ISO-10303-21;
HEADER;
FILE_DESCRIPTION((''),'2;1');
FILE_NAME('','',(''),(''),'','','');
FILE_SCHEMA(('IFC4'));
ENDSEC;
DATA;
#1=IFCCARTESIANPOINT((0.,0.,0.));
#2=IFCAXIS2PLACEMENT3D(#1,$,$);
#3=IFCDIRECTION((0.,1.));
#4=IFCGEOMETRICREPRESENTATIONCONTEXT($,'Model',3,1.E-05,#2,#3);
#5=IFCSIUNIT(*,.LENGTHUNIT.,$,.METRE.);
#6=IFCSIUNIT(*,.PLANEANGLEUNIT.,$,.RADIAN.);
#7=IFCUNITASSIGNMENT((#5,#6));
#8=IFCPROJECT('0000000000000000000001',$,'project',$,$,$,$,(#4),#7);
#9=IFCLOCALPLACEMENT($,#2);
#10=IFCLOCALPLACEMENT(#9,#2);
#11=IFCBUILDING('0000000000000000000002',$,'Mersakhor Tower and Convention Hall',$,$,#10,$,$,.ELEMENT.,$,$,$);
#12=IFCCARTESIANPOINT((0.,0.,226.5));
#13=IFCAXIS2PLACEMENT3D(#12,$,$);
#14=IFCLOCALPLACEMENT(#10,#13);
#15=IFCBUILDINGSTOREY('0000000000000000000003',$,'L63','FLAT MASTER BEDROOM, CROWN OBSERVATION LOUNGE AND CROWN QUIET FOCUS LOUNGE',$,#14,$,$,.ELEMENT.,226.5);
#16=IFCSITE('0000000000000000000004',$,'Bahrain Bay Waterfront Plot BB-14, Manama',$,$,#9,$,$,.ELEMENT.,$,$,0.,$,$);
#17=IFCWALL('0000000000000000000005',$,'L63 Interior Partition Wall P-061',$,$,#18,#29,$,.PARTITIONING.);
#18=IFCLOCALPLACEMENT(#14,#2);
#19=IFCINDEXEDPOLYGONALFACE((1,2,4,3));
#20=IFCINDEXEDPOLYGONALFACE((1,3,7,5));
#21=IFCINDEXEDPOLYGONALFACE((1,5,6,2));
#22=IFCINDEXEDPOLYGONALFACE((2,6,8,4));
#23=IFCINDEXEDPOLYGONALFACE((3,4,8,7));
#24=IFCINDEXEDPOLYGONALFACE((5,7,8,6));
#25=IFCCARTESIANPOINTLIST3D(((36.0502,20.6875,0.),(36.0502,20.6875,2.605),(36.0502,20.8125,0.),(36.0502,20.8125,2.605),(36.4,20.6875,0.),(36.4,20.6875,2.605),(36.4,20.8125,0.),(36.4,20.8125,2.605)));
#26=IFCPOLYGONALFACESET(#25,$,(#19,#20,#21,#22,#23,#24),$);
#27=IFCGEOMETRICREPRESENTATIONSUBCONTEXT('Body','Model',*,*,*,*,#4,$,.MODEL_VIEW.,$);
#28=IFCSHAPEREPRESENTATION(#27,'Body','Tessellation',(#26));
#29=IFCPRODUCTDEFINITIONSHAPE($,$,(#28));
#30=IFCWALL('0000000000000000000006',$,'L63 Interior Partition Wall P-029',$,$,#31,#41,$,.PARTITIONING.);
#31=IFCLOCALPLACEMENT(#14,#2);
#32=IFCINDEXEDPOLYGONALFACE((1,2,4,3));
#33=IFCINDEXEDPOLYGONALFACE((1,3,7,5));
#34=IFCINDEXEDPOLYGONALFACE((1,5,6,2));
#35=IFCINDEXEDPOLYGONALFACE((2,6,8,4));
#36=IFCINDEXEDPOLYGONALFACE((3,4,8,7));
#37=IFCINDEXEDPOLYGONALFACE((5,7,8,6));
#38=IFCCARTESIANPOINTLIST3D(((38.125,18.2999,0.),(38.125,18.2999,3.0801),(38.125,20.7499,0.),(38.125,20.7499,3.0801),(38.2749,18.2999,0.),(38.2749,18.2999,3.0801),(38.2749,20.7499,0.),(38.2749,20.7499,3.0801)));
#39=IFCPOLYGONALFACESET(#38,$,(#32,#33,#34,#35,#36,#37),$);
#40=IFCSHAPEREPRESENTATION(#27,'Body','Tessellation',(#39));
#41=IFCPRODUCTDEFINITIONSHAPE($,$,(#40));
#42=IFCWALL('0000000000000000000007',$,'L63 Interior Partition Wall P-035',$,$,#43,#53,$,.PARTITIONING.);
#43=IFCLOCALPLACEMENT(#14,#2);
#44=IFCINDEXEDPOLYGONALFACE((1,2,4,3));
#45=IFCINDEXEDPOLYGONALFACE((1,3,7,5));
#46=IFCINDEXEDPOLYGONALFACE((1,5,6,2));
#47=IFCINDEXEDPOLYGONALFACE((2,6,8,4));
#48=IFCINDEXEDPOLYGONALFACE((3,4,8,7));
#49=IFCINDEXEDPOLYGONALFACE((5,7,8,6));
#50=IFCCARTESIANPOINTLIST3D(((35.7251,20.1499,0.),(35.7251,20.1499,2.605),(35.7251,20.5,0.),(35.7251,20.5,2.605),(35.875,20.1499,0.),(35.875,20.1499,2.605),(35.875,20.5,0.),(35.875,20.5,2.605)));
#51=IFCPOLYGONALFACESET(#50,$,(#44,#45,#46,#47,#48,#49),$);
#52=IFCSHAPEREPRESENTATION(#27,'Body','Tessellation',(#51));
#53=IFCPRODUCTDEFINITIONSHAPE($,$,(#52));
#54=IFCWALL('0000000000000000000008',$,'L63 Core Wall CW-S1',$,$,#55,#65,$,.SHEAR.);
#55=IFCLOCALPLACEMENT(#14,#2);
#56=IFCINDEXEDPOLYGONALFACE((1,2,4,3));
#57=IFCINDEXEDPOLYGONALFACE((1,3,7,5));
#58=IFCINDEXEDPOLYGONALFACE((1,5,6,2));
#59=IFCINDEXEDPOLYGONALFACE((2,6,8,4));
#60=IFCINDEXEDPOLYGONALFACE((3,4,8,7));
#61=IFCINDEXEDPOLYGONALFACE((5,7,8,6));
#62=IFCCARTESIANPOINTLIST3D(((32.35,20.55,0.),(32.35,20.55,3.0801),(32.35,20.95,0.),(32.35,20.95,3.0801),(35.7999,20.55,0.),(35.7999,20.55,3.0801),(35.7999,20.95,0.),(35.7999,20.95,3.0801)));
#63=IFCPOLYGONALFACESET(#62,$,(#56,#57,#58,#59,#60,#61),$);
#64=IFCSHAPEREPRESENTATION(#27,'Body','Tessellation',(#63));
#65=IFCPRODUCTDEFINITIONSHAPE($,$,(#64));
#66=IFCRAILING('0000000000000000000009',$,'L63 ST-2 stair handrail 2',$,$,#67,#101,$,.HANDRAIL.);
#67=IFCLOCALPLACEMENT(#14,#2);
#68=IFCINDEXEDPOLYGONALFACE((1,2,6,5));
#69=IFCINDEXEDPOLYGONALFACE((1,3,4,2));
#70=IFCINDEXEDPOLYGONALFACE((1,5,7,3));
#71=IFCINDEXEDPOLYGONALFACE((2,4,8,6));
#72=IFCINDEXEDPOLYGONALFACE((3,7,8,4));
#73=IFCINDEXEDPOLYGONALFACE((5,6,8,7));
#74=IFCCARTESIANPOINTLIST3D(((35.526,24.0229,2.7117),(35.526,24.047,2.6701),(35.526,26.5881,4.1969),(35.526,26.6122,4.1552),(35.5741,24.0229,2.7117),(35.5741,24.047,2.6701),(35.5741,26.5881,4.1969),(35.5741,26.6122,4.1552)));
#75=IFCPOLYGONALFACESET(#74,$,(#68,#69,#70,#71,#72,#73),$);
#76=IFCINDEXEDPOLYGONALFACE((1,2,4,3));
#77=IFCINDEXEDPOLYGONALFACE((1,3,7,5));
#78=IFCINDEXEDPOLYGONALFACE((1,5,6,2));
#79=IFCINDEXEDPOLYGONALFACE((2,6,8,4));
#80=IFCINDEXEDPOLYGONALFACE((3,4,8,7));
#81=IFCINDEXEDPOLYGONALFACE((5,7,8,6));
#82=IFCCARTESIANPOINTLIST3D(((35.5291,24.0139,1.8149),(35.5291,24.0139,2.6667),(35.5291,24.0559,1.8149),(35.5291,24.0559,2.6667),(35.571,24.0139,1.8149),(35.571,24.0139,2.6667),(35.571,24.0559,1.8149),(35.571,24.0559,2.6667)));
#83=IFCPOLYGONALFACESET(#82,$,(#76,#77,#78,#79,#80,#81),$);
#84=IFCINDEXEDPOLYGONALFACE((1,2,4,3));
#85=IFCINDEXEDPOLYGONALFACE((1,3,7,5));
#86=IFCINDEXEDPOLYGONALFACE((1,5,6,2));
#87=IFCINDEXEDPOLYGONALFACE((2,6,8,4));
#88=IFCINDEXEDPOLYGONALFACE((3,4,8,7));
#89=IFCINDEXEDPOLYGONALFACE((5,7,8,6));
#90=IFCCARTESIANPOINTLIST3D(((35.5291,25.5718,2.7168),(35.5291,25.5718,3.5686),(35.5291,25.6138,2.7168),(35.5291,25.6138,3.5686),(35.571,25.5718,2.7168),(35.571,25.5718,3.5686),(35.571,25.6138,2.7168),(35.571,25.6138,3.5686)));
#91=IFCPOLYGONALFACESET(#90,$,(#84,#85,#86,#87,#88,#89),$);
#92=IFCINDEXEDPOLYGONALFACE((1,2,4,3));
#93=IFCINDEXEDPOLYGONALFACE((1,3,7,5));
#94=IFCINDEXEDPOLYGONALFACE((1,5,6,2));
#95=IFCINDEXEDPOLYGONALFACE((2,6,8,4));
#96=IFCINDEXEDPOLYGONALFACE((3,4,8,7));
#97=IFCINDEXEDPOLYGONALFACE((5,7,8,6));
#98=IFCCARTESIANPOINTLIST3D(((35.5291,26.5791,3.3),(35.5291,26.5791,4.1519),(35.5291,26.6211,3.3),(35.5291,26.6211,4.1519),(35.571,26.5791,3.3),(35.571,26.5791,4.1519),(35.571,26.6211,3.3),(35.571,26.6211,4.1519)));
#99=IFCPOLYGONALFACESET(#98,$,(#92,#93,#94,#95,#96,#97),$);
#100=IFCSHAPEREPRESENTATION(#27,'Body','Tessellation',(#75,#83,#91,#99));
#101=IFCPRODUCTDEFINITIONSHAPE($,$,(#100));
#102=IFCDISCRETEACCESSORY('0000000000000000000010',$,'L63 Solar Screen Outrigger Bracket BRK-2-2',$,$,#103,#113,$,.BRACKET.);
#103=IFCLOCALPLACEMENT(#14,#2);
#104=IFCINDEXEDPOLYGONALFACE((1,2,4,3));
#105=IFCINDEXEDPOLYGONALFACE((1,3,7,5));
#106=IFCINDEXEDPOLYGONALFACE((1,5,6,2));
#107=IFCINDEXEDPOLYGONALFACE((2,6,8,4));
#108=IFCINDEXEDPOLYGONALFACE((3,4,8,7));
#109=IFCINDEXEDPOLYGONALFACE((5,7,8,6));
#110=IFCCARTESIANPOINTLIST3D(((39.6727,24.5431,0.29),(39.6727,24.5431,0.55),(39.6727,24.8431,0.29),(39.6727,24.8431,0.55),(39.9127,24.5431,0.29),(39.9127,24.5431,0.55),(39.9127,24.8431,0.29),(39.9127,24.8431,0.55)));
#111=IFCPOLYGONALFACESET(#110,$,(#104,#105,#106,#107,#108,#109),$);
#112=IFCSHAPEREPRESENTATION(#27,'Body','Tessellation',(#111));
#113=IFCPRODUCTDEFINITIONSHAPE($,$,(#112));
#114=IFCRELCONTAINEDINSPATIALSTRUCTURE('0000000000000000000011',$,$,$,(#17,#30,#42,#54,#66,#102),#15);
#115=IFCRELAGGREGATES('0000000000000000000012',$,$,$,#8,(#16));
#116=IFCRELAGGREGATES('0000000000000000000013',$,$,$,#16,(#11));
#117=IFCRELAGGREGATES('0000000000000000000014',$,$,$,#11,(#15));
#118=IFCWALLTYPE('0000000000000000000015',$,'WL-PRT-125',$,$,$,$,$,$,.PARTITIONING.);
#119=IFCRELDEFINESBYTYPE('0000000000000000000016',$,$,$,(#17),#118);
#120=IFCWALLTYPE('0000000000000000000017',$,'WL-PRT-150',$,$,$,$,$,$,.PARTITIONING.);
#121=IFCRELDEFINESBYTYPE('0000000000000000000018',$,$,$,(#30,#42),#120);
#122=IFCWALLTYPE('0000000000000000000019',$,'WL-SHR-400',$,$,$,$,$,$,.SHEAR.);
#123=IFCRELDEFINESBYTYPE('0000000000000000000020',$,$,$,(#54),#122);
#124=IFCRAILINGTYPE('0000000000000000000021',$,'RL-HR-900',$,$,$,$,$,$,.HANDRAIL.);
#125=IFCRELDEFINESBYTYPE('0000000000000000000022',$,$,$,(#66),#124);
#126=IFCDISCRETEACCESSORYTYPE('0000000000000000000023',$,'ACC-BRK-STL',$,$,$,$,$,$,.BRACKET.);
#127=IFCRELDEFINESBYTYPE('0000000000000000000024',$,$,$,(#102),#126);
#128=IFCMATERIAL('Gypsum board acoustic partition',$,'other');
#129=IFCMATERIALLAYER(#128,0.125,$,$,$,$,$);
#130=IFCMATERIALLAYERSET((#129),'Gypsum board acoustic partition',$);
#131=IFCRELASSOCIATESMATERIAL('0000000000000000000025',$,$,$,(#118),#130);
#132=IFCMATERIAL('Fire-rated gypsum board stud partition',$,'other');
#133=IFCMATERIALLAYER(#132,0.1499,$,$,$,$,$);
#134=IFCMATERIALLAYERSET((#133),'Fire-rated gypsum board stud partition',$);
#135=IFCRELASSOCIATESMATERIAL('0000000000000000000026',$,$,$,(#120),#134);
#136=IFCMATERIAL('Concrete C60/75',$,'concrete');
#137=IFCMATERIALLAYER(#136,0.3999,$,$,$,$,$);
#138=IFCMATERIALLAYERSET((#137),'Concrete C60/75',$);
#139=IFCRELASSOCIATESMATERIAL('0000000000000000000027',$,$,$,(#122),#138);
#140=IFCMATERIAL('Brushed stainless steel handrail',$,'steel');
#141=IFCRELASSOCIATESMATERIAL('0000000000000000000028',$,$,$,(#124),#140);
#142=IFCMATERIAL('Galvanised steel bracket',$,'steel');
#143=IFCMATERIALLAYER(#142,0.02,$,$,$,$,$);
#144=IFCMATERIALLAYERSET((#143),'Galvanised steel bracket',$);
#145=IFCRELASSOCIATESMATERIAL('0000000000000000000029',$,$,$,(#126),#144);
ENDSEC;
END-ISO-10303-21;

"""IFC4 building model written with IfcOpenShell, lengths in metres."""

from ifc_helpers import new_model, si_unit, direction, frame, frame_2d, origin, origin_2d, place, context, subcontext, project, spatial, rectangle, extrude, material, layer, layer_set, type_object, element, save


model = new_model("IFC4")

# Units and contexts
model_context = context("Model", 3, precision=1e-05, world=origin(), true_north=direction((0.0, 1.0)))
body_context = subcontext(model_context, "Body", "Model", "MODEL_VIEW")
ifc_project = project(units=[si_unit("LENGTHUNIT", "METRE"), si_unit("PLANEANGLEUNIT", "RADIAN")], contexts=[model_context])

# Site, building, storey
site_placement = place(None, origin())
site = spatial("IfcSite", under=ifc_project, at=site_placement, Name="Bahrain Bay Waterfront Plot BB-14, Manama", CompositionType="ELEMENT", RefElevation=0.0)
building_placement = place(site_placement, origin())
building = spatial("IfcBuilding", under=site, at=building_placement, Name="Mersakhor Tower and Convention Hall", CompositionType="ELEMENT")
storey_placement = place(building_placement, frame((0.0, 0.0, 226.5)))
storey = spatial("IfcBuildingStorey", under=building, at=storey_placement, Name="L63", Description="FLAT MASTER BEDROOM, CROWN OBSERVATION LOUNGE AND CROWN QUIET FOCUS LOUNGE", CompositionType="ELEMENT", Elevation=226.5)

# Wall
ifc_material_1 = material(Name="Gypsum board acoustic partition", Category="other")
ifc_layer_1 = layer(ifc_material_1, 0.125)
ifc_layer_set_1 = layer_set([ifc_layer_1], Name="Gypsum board acoustic partition")
wall_type_1 = type_object("IfcWallType", Name="WL-PRT-125", PredefinedType="PARTITIONING", material=ifc_layer_set_1)
wall_1_placement = place(storey_placement, frame((36.3999, 20.75, 0.0), z_axis=(0.0, 0.0, 1.0), x_axis=(-1.0, 0.0, 0.0)))
element("IfcWall", 1, at=wall_1_placement, inside=storey, type_object=wall_type_1, Name="L63 Interior Partition Wall P-061", PredefinedType="PARTITIONING", context=body_context, shape_type="SweptSolid", body=[
    extrude(rectangle(XDim=0.3499, YDim=0.125, at=frame_2d((0.1748, 0.0))), origin(), (0.0, 0.0, 1.0), 2.605),
])

# Shared definitions
ifc_material_2 = material(Name="Fire-rated gypsum board stud partition", Category="other")
ifc_layer_2 = layer(ifc_material_2, 0.1499)
ifc_layer_set_2 = layer_set([ifc_layer_2], Name="Fire-rated gypsum board stud partition")
wall_type_2 = type_object("IfcWallType", Name="WL-PRT-150", PredefinedType="PARTITIONING", material=ifc_layer_set_2)

# Walls
wall_2_placement = place(storey_placement, frame((38.2, 20.75, 0.0), z_axis=(0.0, 0.0, 1.0), x_axis=(0.0, -1.0, 0.0)))
element("IfcWall", 2, at=wall_2_placement, inside=storey, type_object=wall_type_2, Name="L63 Interior Partition Wall P-029", PredefinedType="PARTITIONING", context=body_context, shape_type="SweptSolid", body=[
    extrude(rectangle(XDim=2.45, YDim=0.1499, at=frame_2d((1.2251, 0.0))), origin(), (0.0, 0.0, 1.0), 3.0801),
])
wall_3_placement = place(storey_placement, frame((35.8, 20.5, 0.0), z_axis=(0.0, 0.0, 1.0), x_axis=(0.0, -1.0, 0.0)))
element("IfcWall", 3, at=wall_3_placement, inside=storey, type_object=wall_type_2, Name="L63 Interior Partition Wall P-035", PredefinedType="PARTITIONING", context=body_context, shape_type="SweptSolid", body=[
    extrude(rectangle(XDim=0.3501, YDim=0.1499, at=frame_2d((0.175, 0.0))), origin(), (0.0, 0.0, 1.0), 2.605),
])
ifc_material_3 = material(Name="Concrete C60/75", Category="concrete")
ifc_layer_3 = layer(ifc_material_3, 0.3999)
ifc_layer_set_3 = layer_set([ifc_layer_3], Name="Concrete C60/75")
wall_type_3 = type_object("IfcWallType", Name="WL-SHR-400", PredefinedType="SHEAR", material=ifc_layer_set_3)
wall_4_placement = place(storey_placement, frame((35.8, 20.75, 0.0), z_axis=(0.0, 0.0, 1.0), x_axis=(-1.0, 0.0, 0.0)))
element("IfcWall", 4, at=wall_4_placement, inside=storey, type_object=wall_type_3, Name="L63 Core Wall CW-S1", PredefinedType="SHEAR", context=body_context, shape_type="SweptSolid", body=[
    extrude(rectangle(XDim=3.45, YDim=0.3999, at=frame_2d((1.7251, 0.0))), origin(), (0.0, 0.0, 1.0), 3.0801),
])

# Railing
ifc_material_4 = material(Name="Brushed stainless steel handrail", Category="steel")
railing_type = type_object("IfcRailingType", Name="RL-HR-900", PredefinedType="HANDRAIL", material=ifc_material_4)
railing_placement = place(storey_placement, frame((35.55, 24.0349, 1.8149)))
element("IfcRailing", 5, at=railing_placement, inside=storey, type_object=railing_type, Name="L63 ST-2 stair handrail 2", PredefinedType="HANDRAIL", context=body_context, shape_type="SweptSolid", body=[
    extrude(rectangle(XDim=0.0481, YDim=0.0481, at=origin_2d()), frame((0.0, 0.0, 0.876), z_axis=(0.0, 0.865426, 0.501036), x_axis=(-1.0, 0.0, 0.0)), (0.0, 0.0, 1.0), 2.9641),
    extrude(rectangle(XDim=0.042, YDim=0.042, at=origin_2d()), origin(), (0.0, 0.0, 1.0), 0.8518),
    extrude(rectangle(XDim=0.042, YDim=0.042, at=origin_2d()), frame((0.0, 1.5579, 0.9019)), (0.0, 0.0, 1.0), 0.8518),
    extrude(rectangle(XDim=0.042, YDim=0.042, at=origin_2d()), frame((0.0, 2.5652, 1.4851)), (0.0, 0.0, 1.0), 0.8518),
])

# Discrete accessory
ifc_material_5 = material(Name="Galvanised steel bracket", Category="steel")
ifc_layer_4 = layer(ifc_material_5, 0.02)
ifc_layer_set_4 = layer_set([ifc_layer_4], Name="Galvanised steel bracket")
discrete_accessory_type = type_object("IfcDiscreteAccessoryType", Name="ACC-BRK-STL", PredefinedType="BRACKET", material=ifc_layer_set_4)
discrete_accessory_placement = place(storey_placement, frame((39.7927, 24.6931, 0.29), z_axis=(0.0, 0.0, 1.0), x_axis=(0.0, -1.0, 0.0)))
element("IfcDiscreteAccessory", 6, at=discrete_accessory_placement, inside=storey, type_object=discrete_accessory_type, Name="L63 Solar Screen Outrigger Bracket BRK-2-2", PredefinedType="BRACKET", context=body_context, shape_type="SweptSolid", body=[
    extrude(rectangle(XDim=0.3, YDim=0.24, at=origin_2d()), origin(), (0.0, 0.0, 1.0), 0.26),
])

save(model, "model.ifc")
